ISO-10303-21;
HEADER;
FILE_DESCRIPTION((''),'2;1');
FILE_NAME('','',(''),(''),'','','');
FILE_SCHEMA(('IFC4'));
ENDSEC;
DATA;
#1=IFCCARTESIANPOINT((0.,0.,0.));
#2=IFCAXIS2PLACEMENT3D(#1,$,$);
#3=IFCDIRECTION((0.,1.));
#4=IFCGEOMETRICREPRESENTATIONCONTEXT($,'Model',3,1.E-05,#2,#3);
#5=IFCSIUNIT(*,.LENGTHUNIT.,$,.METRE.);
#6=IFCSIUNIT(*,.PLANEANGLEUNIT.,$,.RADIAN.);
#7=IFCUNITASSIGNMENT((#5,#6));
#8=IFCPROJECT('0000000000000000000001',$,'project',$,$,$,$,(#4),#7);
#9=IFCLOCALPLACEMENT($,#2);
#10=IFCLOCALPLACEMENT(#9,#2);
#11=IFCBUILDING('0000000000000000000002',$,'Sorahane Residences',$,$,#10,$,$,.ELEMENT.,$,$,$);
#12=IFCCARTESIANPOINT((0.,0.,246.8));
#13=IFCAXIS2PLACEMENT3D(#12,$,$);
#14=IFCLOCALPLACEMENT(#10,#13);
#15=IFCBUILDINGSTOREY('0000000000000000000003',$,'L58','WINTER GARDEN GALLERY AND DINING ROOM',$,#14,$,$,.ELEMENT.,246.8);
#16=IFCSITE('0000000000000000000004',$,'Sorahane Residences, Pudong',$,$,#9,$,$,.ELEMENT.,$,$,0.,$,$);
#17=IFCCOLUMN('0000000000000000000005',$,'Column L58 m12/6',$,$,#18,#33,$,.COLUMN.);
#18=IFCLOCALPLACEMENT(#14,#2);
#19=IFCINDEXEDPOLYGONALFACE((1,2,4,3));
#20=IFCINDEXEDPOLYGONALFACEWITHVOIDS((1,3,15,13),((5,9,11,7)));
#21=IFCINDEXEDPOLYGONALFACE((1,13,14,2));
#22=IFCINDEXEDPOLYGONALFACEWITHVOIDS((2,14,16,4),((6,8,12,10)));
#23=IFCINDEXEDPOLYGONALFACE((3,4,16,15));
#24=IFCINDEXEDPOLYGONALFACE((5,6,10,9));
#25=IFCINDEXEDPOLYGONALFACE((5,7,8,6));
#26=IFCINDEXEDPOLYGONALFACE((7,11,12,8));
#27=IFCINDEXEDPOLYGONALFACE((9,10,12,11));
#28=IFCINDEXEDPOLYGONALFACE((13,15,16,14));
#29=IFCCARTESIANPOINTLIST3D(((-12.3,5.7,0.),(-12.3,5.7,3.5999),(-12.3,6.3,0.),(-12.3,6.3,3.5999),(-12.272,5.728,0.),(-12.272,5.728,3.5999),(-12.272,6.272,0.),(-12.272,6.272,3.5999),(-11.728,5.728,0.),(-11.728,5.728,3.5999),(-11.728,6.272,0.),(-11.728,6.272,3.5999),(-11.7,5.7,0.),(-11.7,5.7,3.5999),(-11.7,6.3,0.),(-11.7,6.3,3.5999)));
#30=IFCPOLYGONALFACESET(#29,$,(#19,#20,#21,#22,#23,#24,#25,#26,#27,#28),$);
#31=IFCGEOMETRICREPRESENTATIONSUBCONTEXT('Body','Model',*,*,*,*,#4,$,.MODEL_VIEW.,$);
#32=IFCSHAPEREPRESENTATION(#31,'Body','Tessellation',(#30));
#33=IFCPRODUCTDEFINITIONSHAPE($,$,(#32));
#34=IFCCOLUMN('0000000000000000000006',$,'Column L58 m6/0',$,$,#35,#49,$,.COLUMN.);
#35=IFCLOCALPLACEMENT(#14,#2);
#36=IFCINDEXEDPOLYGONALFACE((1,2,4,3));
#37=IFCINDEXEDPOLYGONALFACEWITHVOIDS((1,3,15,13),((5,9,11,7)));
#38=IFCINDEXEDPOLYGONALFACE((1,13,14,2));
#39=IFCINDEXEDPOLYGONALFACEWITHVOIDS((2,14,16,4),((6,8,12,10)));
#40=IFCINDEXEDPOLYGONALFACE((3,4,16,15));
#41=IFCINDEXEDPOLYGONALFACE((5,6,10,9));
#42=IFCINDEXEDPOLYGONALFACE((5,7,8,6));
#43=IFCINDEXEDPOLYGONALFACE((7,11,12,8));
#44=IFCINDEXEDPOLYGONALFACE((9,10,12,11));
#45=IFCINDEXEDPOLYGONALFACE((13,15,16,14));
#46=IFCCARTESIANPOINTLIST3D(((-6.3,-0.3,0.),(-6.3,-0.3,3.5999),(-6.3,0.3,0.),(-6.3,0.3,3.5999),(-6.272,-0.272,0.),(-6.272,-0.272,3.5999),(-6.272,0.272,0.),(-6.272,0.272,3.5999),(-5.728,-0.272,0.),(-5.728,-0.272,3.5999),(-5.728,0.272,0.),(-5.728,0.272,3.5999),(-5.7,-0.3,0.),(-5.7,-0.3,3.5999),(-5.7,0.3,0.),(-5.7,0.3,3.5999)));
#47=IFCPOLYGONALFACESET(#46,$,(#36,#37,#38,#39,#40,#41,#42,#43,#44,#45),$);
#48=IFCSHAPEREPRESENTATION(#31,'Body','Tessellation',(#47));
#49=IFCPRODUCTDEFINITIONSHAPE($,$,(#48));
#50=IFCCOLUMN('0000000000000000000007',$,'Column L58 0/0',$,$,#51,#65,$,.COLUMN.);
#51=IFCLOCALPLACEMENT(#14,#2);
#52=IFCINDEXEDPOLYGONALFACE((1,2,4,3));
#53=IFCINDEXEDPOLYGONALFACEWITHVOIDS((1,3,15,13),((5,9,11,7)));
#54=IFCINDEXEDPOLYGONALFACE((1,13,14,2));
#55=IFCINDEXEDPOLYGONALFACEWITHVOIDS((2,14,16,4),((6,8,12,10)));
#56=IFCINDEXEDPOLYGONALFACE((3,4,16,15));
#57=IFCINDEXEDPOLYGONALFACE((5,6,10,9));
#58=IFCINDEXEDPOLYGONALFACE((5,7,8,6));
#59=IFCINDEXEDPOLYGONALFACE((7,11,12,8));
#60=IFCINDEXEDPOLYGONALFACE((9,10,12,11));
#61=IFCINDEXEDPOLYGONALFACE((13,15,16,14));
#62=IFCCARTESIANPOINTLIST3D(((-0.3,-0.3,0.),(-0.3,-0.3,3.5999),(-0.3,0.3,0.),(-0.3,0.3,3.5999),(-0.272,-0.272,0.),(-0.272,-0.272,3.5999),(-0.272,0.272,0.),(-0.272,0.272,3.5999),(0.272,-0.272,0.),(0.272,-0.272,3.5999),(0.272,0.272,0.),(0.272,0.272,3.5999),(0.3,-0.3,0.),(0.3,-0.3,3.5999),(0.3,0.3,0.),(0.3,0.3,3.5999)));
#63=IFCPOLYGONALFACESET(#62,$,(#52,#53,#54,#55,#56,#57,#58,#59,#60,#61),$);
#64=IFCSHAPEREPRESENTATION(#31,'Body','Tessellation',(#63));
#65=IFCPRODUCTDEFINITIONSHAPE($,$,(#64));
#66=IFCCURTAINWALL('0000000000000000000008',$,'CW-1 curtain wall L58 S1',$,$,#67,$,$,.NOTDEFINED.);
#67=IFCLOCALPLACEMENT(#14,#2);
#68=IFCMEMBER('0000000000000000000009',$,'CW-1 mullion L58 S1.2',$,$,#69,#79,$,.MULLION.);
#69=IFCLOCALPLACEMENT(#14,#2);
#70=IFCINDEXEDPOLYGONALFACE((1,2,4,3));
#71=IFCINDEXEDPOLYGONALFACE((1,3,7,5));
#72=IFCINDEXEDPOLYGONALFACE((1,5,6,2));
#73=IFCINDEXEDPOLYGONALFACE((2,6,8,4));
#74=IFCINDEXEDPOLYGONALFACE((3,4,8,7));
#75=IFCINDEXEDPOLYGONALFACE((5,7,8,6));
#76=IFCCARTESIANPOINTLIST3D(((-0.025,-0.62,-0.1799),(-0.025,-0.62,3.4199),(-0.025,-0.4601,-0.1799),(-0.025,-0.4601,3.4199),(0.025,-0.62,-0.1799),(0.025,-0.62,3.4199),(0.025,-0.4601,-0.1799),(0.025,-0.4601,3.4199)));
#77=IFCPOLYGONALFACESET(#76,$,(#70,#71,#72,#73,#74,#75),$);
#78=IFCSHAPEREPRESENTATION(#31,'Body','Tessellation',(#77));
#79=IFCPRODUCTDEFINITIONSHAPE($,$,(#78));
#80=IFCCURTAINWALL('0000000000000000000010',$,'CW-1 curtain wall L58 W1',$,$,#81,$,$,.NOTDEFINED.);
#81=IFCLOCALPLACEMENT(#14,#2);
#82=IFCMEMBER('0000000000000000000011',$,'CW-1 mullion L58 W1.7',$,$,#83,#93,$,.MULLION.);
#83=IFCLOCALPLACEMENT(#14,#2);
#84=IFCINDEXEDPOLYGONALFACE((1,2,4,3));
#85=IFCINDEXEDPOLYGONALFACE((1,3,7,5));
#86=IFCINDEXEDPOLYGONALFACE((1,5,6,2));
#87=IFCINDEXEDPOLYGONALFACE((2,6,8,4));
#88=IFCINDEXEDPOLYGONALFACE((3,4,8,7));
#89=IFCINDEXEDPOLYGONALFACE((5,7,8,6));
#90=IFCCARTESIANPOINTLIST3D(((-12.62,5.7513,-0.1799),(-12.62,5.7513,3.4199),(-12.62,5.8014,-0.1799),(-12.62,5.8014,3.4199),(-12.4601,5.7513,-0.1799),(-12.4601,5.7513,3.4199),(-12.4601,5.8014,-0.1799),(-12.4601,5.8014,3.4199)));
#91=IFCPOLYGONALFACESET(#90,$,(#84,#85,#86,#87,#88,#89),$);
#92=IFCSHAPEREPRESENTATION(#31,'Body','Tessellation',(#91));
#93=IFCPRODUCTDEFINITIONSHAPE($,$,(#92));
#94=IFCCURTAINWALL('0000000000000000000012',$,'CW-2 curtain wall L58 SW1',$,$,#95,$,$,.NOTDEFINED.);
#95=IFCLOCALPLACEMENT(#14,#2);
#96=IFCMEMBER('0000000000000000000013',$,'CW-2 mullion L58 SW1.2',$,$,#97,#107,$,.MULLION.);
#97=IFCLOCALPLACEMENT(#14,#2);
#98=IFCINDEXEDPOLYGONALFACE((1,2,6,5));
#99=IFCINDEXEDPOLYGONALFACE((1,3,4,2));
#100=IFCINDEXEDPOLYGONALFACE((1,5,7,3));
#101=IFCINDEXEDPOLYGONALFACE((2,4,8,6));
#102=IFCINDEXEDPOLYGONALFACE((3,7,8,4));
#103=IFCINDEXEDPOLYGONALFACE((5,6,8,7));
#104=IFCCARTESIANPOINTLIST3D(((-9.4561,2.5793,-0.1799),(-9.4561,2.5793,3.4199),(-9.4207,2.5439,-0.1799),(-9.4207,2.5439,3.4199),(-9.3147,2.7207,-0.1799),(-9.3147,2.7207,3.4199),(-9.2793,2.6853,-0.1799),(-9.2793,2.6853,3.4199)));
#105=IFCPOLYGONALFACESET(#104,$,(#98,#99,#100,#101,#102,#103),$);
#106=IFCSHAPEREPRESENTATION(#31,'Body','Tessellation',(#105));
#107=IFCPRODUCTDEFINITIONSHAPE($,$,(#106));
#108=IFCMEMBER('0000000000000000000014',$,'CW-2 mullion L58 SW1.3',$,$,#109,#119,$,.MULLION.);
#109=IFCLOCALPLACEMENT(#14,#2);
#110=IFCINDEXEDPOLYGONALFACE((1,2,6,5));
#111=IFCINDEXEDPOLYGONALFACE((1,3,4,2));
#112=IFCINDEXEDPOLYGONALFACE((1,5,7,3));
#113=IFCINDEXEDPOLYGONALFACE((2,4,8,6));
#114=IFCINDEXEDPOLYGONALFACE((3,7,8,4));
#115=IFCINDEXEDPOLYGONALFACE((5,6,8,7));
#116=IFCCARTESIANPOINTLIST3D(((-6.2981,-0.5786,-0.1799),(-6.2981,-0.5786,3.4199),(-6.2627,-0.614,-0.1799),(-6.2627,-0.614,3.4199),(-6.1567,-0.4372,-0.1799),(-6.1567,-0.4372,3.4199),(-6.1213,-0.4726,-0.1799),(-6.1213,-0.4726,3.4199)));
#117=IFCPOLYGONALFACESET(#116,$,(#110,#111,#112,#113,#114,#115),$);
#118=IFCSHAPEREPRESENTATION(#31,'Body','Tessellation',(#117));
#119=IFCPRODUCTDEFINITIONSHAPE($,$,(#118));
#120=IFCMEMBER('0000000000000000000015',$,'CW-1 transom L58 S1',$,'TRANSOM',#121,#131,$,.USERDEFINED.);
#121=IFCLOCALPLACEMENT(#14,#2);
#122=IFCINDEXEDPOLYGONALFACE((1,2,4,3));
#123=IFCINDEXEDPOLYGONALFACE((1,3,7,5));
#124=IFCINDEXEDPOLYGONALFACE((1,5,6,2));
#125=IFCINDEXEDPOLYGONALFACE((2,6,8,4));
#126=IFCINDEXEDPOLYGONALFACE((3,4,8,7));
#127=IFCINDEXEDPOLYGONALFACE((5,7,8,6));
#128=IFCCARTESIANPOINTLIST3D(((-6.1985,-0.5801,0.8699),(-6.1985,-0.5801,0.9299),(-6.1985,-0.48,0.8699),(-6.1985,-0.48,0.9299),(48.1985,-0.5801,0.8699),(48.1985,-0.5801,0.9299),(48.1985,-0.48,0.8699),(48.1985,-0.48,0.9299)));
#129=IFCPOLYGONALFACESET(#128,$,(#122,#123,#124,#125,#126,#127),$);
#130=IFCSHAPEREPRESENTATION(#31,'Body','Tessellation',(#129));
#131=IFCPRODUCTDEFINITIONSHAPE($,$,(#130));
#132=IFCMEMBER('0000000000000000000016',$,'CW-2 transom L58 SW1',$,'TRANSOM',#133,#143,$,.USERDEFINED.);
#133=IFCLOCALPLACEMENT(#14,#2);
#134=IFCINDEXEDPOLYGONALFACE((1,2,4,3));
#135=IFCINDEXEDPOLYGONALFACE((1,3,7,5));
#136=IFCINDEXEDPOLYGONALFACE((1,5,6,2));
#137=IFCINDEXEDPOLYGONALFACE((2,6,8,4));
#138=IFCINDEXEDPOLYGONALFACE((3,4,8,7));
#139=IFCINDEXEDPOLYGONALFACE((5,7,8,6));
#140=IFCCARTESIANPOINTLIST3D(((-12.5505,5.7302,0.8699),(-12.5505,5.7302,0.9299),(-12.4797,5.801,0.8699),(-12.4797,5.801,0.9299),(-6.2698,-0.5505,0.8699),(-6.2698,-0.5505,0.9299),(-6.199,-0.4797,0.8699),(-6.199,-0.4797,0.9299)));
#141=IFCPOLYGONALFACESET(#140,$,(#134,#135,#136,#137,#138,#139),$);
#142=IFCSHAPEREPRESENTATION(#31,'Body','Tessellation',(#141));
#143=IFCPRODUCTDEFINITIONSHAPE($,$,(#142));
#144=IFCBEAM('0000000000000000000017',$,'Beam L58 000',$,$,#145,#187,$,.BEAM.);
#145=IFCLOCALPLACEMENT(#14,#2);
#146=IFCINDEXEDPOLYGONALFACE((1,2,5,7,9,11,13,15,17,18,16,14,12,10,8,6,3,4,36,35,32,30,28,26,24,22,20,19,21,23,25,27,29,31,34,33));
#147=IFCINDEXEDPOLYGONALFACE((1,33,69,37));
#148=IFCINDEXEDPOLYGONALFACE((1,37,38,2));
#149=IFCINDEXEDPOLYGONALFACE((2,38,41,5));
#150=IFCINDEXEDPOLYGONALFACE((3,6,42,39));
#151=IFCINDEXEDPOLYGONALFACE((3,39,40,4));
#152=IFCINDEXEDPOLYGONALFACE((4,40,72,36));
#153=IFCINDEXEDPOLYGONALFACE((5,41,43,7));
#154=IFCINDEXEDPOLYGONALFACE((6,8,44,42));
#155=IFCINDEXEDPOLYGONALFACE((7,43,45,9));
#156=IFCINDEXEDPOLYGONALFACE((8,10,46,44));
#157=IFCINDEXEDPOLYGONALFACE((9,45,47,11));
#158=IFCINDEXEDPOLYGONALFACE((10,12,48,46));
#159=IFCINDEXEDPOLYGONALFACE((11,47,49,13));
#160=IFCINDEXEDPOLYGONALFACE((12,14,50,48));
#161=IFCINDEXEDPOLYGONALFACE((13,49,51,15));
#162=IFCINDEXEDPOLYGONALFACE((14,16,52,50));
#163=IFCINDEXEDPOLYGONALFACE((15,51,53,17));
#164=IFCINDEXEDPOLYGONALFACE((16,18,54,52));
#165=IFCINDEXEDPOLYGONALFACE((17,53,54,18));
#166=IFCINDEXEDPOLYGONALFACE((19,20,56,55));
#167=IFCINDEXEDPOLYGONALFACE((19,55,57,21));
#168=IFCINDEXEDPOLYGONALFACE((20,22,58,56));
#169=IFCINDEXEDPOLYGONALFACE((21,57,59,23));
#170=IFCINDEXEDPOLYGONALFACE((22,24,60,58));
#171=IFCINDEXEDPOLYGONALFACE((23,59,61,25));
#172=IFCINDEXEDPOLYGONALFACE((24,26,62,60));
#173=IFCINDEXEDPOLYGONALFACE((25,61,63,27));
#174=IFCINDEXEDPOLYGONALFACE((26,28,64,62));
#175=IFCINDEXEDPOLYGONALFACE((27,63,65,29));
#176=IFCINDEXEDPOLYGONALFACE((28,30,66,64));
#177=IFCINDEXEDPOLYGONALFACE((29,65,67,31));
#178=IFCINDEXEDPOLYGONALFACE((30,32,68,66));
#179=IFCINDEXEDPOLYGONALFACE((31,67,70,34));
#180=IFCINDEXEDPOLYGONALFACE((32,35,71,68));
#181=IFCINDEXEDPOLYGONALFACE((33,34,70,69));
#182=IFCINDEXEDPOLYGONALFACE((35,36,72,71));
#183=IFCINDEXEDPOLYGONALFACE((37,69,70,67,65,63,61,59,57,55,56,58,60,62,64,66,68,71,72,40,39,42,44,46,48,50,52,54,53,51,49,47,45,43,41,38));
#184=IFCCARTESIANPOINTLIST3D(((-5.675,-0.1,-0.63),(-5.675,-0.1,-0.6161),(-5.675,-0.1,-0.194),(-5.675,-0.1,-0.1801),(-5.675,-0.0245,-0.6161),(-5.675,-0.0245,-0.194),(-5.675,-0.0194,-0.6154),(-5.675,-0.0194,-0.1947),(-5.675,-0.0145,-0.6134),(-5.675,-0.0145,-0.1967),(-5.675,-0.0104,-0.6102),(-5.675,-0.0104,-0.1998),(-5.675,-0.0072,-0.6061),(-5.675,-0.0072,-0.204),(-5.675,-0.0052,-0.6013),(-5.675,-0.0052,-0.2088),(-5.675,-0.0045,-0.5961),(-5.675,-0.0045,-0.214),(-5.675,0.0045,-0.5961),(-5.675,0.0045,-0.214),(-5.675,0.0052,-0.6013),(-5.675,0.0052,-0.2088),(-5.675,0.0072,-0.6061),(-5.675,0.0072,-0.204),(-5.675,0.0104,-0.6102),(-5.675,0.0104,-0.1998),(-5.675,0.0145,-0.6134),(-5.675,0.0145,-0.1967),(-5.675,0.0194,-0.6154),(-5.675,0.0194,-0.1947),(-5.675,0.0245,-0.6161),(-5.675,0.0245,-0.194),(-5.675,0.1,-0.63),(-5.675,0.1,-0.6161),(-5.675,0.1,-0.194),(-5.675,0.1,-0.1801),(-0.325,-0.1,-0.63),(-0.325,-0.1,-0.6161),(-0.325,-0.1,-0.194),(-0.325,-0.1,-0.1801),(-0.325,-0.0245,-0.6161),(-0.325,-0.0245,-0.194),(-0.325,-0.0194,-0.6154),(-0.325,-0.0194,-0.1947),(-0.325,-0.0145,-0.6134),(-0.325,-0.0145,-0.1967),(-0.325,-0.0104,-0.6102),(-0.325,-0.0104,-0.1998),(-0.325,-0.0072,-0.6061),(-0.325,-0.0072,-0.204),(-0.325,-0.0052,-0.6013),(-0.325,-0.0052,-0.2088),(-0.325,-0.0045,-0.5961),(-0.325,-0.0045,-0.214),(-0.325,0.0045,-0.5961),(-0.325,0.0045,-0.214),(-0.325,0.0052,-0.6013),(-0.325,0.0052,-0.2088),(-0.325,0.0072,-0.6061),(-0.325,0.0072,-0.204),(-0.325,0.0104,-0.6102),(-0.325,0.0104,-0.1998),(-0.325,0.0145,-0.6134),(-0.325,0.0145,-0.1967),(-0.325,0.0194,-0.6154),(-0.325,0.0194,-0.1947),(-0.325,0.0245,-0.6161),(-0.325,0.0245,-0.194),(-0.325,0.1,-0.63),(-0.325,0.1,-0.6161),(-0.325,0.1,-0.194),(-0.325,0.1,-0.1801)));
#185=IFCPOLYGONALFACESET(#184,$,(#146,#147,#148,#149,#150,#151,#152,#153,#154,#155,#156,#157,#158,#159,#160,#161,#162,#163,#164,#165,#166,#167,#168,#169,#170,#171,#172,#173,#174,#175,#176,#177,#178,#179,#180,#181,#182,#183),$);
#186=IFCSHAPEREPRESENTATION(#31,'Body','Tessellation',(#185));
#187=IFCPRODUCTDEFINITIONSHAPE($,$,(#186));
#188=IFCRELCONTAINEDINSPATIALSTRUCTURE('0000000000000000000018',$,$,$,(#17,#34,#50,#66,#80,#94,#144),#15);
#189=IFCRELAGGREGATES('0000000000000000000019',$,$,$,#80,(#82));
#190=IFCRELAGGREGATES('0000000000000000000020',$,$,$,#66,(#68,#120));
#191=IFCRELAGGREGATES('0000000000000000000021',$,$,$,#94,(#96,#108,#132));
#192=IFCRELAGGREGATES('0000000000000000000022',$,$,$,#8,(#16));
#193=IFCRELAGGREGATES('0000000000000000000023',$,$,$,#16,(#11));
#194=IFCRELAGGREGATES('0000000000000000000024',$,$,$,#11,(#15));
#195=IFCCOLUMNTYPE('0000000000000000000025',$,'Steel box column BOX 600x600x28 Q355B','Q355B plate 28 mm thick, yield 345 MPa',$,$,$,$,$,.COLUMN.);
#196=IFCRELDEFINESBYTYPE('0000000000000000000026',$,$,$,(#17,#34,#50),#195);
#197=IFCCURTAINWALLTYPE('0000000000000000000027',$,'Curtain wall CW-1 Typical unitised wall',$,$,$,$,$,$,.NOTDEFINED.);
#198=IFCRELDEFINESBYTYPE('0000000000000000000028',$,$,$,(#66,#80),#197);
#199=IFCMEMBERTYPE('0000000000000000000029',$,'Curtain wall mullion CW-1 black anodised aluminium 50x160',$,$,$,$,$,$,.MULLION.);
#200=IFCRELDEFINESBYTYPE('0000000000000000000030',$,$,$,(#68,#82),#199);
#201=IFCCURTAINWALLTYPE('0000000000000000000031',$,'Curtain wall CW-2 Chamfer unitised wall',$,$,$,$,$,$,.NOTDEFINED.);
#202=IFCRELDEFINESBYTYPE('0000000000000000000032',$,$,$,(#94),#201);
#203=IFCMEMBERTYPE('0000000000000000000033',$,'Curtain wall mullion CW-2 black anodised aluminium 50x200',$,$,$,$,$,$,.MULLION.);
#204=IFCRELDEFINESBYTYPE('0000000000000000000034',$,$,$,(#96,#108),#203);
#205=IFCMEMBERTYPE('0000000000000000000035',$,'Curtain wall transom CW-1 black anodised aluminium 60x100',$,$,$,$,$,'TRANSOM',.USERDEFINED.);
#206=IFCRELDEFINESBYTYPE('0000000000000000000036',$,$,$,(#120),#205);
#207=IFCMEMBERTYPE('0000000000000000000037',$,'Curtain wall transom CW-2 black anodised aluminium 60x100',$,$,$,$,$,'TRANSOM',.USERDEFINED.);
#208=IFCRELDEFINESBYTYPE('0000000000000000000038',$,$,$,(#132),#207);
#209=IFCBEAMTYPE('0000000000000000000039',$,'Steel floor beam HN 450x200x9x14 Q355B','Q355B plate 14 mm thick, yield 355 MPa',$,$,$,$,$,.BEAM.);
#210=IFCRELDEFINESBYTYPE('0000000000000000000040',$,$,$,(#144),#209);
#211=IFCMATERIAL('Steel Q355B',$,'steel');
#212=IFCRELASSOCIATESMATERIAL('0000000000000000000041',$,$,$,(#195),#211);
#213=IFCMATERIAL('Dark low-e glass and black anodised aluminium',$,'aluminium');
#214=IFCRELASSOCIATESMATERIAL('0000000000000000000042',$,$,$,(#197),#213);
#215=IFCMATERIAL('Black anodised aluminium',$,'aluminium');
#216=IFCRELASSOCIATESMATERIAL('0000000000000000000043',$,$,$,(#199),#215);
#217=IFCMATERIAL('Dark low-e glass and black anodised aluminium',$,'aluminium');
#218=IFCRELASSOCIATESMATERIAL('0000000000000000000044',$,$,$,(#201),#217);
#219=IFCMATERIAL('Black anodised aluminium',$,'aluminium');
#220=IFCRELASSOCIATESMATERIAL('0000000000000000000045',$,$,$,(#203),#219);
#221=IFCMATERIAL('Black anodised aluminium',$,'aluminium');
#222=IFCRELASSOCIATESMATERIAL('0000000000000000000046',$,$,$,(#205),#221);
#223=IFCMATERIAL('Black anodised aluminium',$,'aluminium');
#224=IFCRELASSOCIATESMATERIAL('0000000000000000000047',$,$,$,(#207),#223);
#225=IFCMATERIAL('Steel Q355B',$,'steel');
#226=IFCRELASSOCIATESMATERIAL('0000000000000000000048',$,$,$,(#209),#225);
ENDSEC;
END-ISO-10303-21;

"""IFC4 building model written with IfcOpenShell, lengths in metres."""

from ifc_helpers import new_model, si_unit, direction, frame, origin, origin_2d, place, context, subcontext, project, spatial, rectangle, hollow_rectangle, i_section, extrude, material, material_profile, profile_set, type_object, element, aggregate, save


model = new_model("IFC4")

# Units and contexts
model_context = context("Model", 3, precision=1e-05, world=origin(), true_north=direction((0.0, 1.0)))
body_context = subcontext(model_context, "Body", "Model", "MODEL_VIEW")
ifc_project = project(units=[si_unit("LENGTHUNIT", "METRE"), si_unit("PLANEANGLEUNIT", "RADIAN")], contexts=[model_context])

# Site, building, storey
site_placement = place(None, origin())
site = spatial("IfcSite", under=ifc_project, at=site_placement, Name="Sorahane Residences, Pudong", CompositionType="ELEMENT", RefElevation=0.0)
building_placement = place(site_placement, origin())
building = spatial("IfcBuilding", under=site, at=building_placement, Name="Sorahane Residences", CompositionType="ELEMENT")
storey_placement = place(building_placement, frame((0.0, 0.0, 246.8)))
storey = spatial("IfcBuildingStorey", under=building, at=storey_placement, Name="L58", Description="WINTER GARDEN GALLERY AND DINING ROOM", CompositionType="ELEMENT", Elevation=246.8)

# Columns
ifc_material_1 = material(Name="Steel Q355B", Category="steel")
ifc_material_profile_1 = material_profile(ifc_material_1, hollow_rectangle(XDim=0.6001, YDim=0.6001, WallThickness=0.0281, at=origin_2d()), Name="BOX 600x600x28")
ifc_profile_set_1 = profile_set([ifc_material_profile_1], Name="Steel Q355B")
column_type = type_object("IfcColumnType", Name="Steel box column BOX 600x600x28 Q355B", Description="Q355B plate 28 mm thick, yield 345 MPa", PredefinedType="COLUMN", material=ifc_profile_set_1)
for number, where, z_axis, x_axis, name in (
    (1, (-12.0, 6.0, 0.0), (0.0, 0.0, 1.0), (1.0, 0.0, 0.0), "Column L58 m12/6"),
    (2, (-6.0, 0.0, 0.0), (0.0, 0.0, 1.0), (1.0, 0.0, 0.0), "Column L58 m6/0"),
    (3, (0.0, 0.0, 0.0), (0.0, 0.0, 1.0), (1.0, 0.0, 0.0), "Column L58 0/0"),
):
    element("IfcColumn", number, at=place(storey_placement, frame(where, z_axis=z_axis, x_axis=x_axis)), inside=storey, type_object=column_type, Name=name, PredefinedType="COLUMN", context=body_context, shape_type="SweptSolid", body=[
        extrude(hollow_rectangle(XDim=0.6001, YDim=0.6001, WallThickness=0.0281, at=origin_2d()), origin(), (0.0, 0.0, 1.0), 3.5999),
    ])

# Curtain walls, members
ifc_material_2 = material(Name="Dark low-e glass and black anodised aluminium", Category="aluminium")
curtain_wall_type_1 = type_object("IfcCurtainWallType", Name="Curtain wall CW-1 Typical unitised wall", PredefinedType="NOTDEFINED", material=ifc_material_2)
curtain_wall_1_placement = place(storey_placement, origin())
curtain_wall_1 = element("IfcCurtainWall", 4, at=curtain_wall_1_placement, inside=storey, type_object=curtain_wall_type_1, Name="CW-1 curtain wall L58 S1", PredefinedType="NOTDEFINED")
ifc_material_3 = material(Name="Black anodised aluminium", Category="aluminium")
ifc_material_profile_2 = material_profile(ifc_material_3, rectangle(XDim=0.1599, YDim=0.05, at=origin_2d()), Name="Curtain wall mullion CW-1 black anodised aluminium 50x160")
ifc_profile_set_2 = profile_set([ifc_material_profile_2], Name="Black anodised aluminium")
member_type_1 = type_object("IfcMemberType", Name="Curtain wall mullion CW-1 black anodised aluminium 50x160", PredefinedType="MULLION", material=ifc_profile_set_2)
member_1_placement = place(storey_placement, frame((0.0, -0.54, -0.1799), z_axis=(0.0, 0.0, 1.0), x_axis=(0.0, -1.0, 0.0)))
member_1 = element("IfcMember", 5, at=member_1_placement, type_object=member_type_1, Name="CW-1 mullion L58 S1.2", PredefinedType="MULLION", context=body_context, shape_type="SweptSolid", body=[
    extrude(rectangle(XDim=0.1599, YDim=0.05, at=origin_2d()), origin(), (0.0, 0.0, 1.0), 3.5999),
])
curtain_wall_2_placement = place(storey_placement, origin())
curtain_wall_2 = element("IfcCurtainWall", 6, at=curtain_wall_2_placement, inside=storey, type_object=curtain_wall_type_1, Name="CW-1 curtain wall L58 W1", PredefinedType="NOTDEFINED")
member_2_placement = place(storey_placement, frame((-12.54, 5.7764, -0.1799), z_axis=(0.0, 0.0, 1.0), x_axis=(-1.0, 0.0, 0.0)))
member_2 = element("IfcMember", 7, at=member_2_placement, type_object=member_type_1, Name="CW-1 mullion L58 W1.7", PredefinedType="MULLION", context=body_context, shape_type="SweptSolid", body=[
    extrude(rectangle(XDim=0.1599, YDim=0.05, at=origin_2d()), origin(), (0.0, 0.0, 1.0), 3.5999),
])
aggregate(curtain_wall_2, [member_2])

# Curtain wall, members
ifc_material_4 = material(Name="Dark low-e glass and black anodised aluminium", Category="aluminium")
curtain_wall_type_2 = type_object("IfcCurtainWallType", Name="Curtain wall CW-2 Chamfer unitised wall", PredefinedType="NOTDEFINED", material=ifc_material_4)
curtain_wall_3_placement = place(storey_placement, origin())
curtain_wall_3 = element("IfcCurtainWall", 8, at=curtain_wall_3_placement, inside=storey, type_object=curtain_wall_type_2, Name="CW-2 curtain wall L58 SW1", PredefinedType="NOTDEFINED")
ifc_material_5 = material(Name="Black anodised aluminium", Category="aluminium")
ifc_material_profile_3 = material_profile(ifc_material_5, rectangle(XDim=0.2, YDim=0.05, at=origin_2d()), Name="Curtain wall mullion CW-2 black anodised aluminium 50x200")
ifc_profile_set_3 = profile_set([ifc_material_profile_3], Name="Black anodised aluminium")
member_type_2 = type_object("IfcMemberType", Name="Curtain wall mullion CW-2 black anodised aluminium 50x200", PredefinedType="MULLION", material=ifc_profile_set_3)
member_3_placement = place(storey_placement, frame((-9.3677, 2.6323, -0.1799), z_axis=(0.0, 0.0, 1.0), x_axis=(-0.707107, -0.707107, 0.0)))
member_3 = element("IfcMember", 9, at=member_3_placement, type_object=member_type_2, Name="CW-2 mullion L58 SW1.2", PredefinedType="MULLION", context=body_context, shape_type="SweptSolid", body=[
    extrude(rectangle(XDim=0.2, YDim=0.05, at=origin_2d()), origin(), (0.0, 0.0, 1.0), 3.5999),
])
member_4_placement = place(storey_placement, frame((-6.2097, -0.5256, -0.1799), z_axis=(0.0, 0.0, 1.0), x_axis=(-0.707107, -0.707107, 0.0)))
member_4 = element("IfcMember", 10, at=member_4_placement, type_object=member_type_2, Name="CW-2 mullion L58 SW1.3", PredefinedType="MULLION", context=body_context, shape_type="SweptSolid", body=[
    extrude(rectangle(XDim=0.2, YDim=0.05, at=origin_2d()), origin(), (0.0, 0.0, 1.0), 3.5999),
])

# Members
ifc_material_6 = material(Name="Black anodised aluminium", Category="aluminium")
ifc_material_profile_4 = material_profile(ifc_material_6, rectangle(XDim=0.1001, YDim=0.0601, at=origin_2d()), Name="Curtain wall transom CW-1 black anodised aluminium 60x100")
ifc_profile_set_4 = profile_set([ifc_material_profile_4], Name="Black anodised aluminium")
member_type_3 = type_object("IfcMemberType", Name="Curtain wall transom CW-1 black anodised aluminium 60x100", ElementType="TRANSOM", PredefinedType="USERDEFINED", material=ifc_profile_set_4)
member_5_placement = place(storey_placement, frame((-6.1985, -0.53, 0.8999), z_axis=(1.0, 0.0, 0.0), x_axis=(0.0, 1.0, 0.0)))
member_5 = element("IfcMember", 11, at=member_5_placement, type_object=member_type_3, Name="CW-1 transom L58 S1", ObjectType="TRANSOM", PredefinedType="USERDEFINED", context=body_context, shape_type="SweptSolid", body=[
    extrude(rectangle(XDim=0.1001, YDim=0.0601, at=origin_2d()), origin(), (0.0, 0.0, 1.0), 54.397),
])
ifc_material_7 = material(Name="Black anodised aluminium", Category="aluminium")
ifc_material_profile_5 = material_profile(ifc_material_7, rectangle(XDim=0.1001, YDim=0.0601, at=origin_2d()), Name="Curtain wall transom CW-2 black anodised aluminium 60x100")
ifc_profile_set_5 = profile_set([ifc_material_profile_5], Name="Black anodised aluminium")
member_type_4 = type_object("IfcMemberType", Name="Curtain wall transom CW-2 black anodised aluminium 60x100", ElementType="TRANSOM", PredefinedType="USERDEFINED", material=ifc_profile_set_5)
member_6_placement = place(storey_placement, frame((-12.5151, 5.7656, 0.8999), z_axis=(0.707107, -0.707107, 0.0), x_axis=(0.707107, 0.707107, 0.0)))
member_6 = element("IfcMember", 12, at=member_6_placement, type_object=member_type_4, Name="CW-2 transom L58 SW1", ObjectType="TRANSOM", PredefinedType="USERDEFINED", context=body_context, shape_type="SweptSolid", body=[
    extrude(rectangle(XDim=0.1001, YDim=0.0601, at=origin_2d()), origin(), (0.0, 0.0, 1.0), 8.8823),
])

# Beam
ifc_material_8 = material(Name="Steel Q355B", Category="steel")
ifc_material_profile_6 = material_profile(ifc_material_8, i_section(OverallWidth=0.2, OverallDepth=0.45, WebThickness=0.009, FlangeThickness=0.0139, FilletRadius=0.02, at=origin_2d()), Name="HN 450x200x9x14")
ifc_profile_set_6 = profile_set([ifc_material_profile_6], Name="Steel Q355B")
beam_type_1 = type_object("IfcBeamType", Name="Steel floor beam HN 450x200x9x14 Q355B", Description="Q355B plate 14 mm thick, yield 355 MPa", PredefinedType="BEAM", material=ifc_profile_set_6)
beam_1_placement = place(storey_placement, frame((-5.675, 0.0, -0.405), z_axis=(1.0, 0.0, 0.0), x_axis=(0.0, 1.0, 0.0)))
element("IfcBeam", 13, at=beam_1_placement, inside=storey, type_object=beam_type_1, Name="Beam L58 000", PredefinedType="BEAM", context=body_context, shape_type="SweptSolid", body=[
    extrude(i_section(OverallWidth=0.2, OverallDepth=0.45, WebThickness=0.009, FlangeThickness=0.0139, FilletRadius=0.02, at=origin_2d()), origin(), (0.0, 0.0, 1.0), 5.3501),
])

aggregate(curtain_wall_1, [member_1, member_5])
aggregate(curtain_wall_3, [member_3, member_4, member_6])

save(model, "model.ifc")
